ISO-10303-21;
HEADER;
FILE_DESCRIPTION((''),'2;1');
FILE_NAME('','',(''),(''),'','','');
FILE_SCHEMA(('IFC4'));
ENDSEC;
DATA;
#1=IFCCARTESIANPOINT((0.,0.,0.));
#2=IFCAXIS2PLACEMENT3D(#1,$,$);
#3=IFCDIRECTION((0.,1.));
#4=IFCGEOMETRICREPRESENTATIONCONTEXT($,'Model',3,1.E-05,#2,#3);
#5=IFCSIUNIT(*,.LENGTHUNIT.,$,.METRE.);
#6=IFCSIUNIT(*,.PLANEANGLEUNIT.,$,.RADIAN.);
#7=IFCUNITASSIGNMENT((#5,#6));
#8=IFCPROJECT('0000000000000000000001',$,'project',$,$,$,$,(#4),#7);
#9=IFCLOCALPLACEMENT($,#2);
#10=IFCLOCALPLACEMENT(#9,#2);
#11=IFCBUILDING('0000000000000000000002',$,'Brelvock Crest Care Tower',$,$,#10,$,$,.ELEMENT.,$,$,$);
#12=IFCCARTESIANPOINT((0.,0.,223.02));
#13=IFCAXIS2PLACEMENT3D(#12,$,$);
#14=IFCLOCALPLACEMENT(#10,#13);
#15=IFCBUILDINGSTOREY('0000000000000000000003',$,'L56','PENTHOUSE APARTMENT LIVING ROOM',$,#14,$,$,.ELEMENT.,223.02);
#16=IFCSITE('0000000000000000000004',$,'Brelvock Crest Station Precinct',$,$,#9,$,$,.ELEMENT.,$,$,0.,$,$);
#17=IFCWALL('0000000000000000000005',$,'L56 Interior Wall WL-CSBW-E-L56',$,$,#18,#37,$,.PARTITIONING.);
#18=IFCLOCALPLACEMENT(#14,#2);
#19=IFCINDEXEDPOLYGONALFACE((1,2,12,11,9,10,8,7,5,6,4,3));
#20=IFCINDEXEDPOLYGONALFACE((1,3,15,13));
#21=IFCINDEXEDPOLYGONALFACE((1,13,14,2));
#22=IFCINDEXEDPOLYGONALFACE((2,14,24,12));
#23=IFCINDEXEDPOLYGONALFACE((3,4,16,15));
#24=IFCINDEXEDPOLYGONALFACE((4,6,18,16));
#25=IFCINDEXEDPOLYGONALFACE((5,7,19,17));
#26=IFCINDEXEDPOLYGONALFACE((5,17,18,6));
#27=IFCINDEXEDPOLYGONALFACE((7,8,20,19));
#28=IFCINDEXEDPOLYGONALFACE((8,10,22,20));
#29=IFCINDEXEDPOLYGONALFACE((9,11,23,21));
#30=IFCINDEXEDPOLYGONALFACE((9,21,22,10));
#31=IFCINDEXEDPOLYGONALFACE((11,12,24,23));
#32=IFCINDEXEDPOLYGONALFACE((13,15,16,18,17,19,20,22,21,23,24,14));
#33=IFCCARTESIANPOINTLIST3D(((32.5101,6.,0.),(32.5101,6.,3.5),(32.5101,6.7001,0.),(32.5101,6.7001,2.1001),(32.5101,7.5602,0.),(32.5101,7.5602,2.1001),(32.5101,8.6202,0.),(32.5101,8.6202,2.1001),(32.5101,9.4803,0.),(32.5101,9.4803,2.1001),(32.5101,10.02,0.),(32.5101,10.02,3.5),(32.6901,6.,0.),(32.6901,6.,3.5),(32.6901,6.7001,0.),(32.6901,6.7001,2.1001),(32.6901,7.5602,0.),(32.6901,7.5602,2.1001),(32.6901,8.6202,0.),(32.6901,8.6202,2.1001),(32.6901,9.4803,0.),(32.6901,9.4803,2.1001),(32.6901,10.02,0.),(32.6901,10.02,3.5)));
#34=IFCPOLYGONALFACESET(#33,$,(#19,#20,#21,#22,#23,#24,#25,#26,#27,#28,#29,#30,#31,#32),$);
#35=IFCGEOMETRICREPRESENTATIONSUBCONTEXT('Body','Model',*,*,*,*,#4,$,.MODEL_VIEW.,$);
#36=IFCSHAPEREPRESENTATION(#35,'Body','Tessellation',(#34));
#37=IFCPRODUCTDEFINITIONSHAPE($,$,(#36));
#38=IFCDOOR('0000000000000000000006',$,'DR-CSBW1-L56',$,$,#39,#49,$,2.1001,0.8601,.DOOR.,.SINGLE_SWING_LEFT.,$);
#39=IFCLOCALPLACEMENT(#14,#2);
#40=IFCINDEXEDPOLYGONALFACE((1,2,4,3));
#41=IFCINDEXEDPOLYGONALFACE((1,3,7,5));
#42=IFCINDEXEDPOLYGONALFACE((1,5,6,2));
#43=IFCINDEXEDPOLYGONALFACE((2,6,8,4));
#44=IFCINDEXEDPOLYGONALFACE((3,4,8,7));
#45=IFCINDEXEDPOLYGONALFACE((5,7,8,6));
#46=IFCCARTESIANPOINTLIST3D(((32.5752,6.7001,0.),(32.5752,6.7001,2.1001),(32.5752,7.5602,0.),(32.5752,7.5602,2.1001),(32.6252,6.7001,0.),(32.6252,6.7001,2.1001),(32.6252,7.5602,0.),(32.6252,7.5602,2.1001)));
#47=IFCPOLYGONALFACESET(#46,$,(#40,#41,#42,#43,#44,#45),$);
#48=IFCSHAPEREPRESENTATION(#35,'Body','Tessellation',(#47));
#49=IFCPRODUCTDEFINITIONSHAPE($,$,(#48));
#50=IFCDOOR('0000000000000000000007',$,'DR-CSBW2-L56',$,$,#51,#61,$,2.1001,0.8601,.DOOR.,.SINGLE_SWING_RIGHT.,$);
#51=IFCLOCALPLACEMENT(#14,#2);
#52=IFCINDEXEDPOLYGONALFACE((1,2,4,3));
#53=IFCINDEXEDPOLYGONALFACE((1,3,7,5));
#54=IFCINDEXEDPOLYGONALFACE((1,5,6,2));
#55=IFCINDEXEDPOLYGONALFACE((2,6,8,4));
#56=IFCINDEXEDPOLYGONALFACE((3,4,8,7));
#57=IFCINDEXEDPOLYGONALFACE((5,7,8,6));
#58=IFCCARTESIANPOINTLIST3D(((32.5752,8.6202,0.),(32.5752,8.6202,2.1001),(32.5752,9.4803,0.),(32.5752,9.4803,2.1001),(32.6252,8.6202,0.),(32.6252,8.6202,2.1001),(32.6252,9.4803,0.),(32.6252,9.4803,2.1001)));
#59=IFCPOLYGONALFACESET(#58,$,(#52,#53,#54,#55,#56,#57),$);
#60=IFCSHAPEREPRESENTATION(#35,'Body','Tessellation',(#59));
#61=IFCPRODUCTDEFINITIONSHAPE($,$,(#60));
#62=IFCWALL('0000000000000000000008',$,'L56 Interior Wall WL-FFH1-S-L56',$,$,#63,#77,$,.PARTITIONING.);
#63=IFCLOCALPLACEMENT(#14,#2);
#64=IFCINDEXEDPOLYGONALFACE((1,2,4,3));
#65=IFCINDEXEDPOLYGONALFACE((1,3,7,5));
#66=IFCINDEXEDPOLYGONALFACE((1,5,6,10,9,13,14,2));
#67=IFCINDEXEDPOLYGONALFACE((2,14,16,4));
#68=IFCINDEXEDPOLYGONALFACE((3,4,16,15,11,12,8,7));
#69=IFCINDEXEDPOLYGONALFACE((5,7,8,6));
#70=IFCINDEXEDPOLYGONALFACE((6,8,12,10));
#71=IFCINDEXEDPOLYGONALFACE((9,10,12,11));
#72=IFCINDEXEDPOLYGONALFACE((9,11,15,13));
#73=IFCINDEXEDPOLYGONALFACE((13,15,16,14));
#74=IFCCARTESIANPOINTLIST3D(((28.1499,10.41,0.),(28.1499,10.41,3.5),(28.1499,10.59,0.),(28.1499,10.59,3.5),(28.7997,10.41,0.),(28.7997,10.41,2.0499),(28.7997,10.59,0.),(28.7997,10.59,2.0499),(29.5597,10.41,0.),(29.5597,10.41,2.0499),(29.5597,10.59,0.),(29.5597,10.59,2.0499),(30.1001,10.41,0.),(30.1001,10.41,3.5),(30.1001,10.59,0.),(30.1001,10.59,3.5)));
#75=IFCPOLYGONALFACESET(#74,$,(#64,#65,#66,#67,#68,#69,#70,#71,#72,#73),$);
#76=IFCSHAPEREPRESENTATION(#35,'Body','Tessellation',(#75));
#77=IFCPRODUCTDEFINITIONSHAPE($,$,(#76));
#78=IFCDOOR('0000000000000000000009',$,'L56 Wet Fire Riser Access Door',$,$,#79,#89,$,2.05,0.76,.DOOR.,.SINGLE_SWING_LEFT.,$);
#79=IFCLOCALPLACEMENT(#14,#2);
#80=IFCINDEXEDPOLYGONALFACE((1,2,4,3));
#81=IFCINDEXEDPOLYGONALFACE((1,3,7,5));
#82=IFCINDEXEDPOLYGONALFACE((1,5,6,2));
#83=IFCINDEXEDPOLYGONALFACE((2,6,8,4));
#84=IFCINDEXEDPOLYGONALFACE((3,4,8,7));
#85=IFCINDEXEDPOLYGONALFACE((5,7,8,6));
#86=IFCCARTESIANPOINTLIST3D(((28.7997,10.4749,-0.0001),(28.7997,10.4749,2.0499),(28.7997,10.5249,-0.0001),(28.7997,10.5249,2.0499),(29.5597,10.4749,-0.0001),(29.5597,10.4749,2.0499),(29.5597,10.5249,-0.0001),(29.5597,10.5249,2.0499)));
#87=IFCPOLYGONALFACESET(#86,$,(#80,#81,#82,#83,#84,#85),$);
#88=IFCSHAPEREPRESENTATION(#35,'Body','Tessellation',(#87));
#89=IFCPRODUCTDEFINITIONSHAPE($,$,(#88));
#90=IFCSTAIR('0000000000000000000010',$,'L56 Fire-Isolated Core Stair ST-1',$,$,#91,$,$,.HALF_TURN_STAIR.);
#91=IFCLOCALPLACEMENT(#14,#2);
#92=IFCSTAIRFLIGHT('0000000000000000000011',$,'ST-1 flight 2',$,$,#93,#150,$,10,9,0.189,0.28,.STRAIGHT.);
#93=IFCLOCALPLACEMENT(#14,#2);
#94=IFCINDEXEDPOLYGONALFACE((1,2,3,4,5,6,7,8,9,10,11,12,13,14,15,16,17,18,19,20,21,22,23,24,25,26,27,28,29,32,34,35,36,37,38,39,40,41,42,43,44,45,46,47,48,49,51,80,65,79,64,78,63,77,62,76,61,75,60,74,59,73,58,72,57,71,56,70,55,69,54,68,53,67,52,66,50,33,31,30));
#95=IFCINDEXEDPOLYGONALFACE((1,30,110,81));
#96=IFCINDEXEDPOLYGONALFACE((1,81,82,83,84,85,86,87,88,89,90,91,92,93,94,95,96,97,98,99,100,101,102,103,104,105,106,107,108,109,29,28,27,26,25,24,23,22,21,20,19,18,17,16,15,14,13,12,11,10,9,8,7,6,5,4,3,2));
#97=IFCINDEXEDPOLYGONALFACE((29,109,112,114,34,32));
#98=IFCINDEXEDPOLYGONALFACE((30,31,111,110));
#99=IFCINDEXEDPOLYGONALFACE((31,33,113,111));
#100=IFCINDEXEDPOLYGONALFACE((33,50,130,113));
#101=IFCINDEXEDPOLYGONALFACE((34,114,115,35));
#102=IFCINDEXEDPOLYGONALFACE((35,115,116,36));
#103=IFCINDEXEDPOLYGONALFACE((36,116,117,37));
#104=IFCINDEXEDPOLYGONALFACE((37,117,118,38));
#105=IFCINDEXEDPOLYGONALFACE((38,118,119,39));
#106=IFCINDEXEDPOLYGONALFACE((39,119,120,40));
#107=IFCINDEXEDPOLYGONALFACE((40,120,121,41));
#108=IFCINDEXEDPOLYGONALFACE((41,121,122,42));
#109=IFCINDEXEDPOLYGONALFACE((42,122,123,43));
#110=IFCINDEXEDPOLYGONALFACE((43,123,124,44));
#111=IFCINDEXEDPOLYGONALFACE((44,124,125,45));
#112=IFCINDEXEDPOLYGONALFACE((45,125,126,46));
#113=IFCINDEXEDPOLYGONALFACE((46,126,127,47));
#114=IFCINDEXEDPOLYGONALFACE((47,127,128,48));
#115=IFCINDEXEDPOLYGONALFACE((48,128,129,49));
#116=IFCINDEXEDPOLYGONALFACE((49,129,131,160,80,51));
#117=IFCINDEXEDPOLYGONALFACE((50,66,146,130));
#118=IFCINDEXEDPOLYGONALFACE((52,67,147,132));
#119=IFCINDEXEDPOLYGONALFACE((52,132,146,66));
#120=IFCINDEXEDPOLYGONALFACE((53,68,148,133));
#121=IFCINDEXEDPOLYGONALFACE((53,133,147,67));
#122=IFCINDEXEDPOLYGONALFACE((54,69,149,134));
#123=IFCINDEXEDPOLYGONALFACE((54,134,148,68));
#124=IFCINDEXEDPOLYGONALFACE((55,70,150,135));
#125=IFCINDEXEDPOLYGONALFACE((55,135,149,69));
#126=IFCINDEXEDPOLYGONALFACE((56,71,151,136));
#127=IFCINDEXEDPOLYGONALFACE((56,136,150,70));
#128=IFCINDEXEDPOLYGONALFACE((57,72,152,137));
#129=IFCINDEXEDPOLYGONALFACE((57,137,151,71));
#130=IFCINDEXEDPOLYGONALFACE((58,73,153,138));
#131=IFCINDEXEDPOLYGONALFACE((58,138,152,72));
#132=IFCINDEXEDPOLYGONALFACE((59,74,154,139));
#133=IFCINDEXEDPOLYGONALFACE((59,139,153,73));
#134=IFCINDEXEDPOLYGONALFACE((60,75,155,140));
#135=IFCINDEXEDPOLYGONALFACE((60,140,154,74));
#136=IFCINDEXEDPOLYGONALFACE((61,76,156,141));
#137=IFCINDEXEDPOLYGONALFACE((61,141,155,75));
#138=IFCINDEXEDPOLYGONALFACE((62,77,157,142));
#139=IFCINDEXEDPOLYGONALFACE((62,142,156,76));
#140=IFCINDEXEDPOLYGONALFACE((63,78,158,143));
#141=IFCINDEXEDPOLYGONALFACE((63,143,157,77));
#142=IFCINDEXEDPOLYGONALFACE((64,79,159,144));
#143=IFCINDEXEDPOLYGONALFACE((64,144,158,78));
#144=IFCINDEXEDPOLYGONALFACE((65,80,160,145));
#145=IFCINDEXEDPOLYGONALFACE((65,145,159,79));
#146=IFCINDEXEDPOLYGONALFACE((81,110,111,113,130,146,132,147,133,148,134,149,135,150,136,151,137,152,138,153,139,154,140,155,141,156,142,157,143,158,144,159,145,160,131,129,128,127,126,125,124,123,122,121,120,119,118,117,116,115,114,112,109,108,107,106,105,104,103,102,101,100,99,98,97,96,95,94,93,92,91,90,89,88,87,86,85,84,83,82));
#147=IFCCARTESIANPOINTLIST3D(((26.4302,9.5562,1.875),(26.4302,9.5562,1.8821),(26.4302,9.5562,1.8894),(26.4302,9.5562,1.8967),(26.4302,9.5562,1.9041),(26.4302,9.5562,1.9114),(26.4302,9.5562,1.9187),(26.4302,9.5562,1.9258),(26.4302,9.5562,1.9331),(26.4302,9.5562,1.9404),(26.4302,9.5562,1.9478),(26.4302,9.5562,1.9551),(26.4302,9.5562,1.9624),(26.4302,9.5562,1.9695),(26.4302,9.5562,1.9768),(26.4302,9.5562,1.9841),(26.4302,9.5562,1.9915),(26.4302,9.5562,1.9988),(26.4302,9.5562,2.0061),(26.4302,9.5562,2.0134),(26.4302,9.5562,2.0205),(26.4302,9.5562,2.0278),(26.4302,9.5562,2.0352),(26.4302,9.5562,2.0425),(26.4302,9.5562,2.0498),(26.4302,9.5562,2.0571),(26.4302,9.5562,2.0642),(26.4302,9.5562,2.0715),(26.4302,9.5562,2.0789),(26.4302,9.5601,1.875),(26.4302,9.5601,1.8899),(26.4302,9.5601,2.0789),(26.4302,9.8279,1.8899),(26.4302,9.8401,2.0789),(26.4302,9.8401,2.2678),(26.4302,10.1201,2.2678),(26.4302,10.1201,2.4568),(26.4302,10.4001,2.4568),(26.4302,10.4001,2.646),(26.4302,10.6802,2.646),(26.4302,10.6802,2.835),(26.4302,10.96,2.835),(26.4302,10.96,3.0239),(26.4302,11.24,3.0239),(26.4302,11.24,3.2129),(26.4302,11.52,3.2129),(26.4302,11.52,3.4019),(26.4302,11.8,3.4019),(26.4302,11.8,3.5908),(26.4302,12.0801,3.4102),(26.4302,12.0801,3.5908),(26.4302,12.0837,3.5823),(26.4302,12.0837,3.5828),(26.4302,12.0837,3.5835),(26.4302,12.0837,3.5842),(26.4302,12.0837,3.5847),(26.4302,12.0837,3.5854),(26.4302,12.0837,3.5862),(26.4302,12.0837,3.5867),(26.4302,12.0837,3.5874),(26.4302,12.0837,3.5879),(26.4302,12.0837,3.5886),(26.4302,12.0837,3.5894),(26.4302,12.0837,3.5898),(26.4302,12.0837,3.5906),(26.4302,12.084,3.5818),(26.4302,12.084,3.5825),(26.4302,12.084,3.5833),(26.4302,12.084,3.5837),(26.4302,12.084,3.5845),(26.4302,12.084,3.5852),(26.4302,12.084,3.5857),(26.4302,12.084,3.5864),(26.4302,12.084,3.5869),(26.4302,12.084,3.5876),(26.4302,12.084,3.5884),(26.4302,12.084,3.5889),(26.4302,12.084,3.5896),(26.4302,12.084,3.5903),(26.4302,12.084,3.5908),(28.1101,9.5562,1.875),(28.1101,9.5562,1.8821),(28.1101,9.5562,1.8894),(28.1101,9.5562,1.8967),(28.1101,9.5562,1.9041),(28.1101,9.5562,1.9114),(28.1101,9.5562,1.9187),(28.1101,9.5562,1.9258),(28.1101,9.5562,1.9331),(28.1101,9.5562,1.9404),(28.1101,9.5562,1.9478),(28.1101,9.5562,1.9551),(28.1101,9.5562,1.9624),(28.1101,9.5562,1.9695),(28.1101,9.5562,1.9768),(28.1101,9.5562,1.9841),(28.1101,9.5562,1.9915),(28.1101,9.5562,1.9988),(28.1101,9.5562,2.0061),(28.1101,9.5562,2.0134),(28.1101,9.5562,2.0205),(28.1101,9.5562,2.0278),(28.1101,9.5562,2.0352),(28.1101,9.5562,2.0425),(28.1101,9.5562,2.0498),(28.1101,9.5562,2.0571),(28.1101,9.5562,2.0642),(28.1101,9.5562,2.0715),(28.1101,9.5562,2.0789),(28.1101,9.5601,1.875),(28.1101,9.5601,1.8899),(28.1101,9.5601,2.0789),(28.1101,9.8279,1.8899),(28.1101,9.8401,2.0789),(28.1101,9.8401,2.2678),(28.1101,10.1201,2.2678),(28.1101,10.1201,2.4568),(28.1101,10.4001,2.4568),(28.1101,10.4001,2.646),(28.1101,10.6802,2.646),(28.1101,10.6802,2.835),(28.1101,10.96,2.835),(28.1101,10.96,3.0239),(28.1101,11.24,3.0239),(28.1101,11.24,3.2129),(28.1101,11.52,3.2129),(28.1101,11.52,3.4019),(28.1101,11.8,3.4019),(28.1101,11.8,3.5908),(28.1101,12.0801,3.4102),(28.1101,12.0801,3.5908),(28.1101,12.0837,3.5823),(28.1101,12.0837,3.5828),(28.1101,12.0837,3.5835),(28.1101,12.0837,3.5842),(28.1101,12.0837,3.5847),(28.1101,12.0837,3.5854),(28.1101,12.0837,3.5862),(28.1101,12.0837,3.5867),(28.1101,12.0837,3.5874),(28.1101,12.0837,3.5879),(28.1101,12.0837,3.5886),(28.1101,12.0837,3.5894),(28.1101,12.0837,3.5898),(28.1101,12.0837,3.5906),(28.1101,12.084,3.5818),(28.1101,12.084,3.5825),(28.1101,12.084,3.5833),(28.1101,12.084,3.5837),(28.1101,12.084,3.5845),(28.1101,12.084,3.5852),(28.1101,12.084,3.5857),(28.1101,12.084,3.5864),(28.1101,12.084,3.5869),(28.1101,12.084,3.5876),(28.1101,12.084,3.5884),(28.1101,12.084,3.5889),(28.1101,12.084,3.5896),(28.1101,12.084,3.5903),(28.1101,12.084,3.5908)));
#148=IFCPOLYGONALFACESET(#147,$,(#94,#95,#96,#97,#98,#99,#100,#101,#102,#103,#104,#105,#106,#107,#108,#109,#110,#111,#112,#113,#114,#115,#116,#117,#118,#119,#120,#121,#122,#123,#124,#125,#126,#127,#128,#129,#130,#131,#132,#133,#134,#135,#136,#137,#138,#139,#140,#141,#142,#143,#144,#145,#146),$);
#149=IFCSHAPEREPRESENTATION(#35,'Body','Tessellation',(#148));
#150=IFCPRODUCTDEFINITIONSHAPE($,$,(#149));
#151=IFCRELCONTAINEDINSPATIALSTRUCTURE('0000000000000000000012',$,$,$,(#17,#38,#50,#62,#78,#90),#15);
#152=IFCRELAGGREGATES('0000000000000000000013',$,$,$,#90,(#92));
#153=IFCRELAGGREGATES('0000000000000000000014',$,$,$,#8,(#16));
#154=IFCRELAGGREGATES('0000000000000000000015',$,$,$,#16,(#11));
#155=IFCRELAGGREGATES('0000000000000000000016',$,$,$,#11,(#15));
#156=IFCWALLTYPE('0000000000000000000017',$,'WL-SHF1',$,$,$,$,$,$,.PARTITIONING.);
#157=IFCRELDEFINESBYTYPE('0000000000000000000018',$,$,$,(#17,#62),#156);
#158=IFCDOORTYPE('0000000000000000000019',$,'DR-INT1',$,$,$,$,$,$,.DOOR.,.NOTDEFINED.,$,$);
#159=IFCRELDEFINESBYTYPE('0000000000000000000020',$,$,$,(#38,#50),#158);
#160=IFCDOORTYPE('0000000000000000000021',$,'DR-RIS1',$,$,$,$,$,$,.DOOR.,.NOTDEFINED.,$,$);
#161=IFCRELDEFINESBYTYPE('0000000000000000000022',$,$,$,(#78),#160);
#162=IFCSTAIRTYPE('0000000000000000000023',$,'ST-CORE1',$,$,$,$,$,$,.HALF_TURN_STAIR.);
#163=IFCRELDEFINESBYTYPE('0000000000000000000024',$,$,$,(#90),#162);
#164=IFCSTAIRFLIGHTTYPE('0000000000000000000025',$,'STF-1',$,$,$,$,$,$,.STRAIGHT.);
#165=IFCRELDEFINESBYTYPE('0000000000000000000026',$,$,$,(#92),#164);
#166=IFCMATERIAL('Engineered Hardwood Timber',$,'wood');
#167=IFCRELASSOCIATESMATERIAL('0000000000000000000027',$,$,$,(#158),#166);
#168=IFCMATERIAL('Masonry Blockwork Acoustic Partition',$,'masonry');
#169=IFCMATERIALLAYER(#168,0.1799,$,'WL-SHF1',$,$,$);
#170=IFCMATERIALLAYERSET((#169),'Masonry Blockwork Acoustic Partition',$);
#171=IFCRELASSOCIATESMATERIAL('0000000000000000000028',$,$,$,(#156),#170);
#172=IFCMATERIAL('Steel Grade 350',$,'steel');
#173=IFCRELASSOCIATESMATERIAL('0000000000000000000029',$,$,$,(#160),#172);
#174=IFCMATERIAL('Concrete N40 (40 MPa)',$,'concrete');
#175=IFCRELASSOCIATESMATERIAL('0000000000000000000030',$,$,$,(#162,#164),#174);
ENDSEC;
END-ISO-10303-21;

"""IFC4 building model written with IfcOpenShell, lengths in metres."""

from ifc_helpers import new_model, si_unit, direction, frame, frame_2d, origin, origin_2d, place, context, subcontext, project, spatial, polyline, rectangle, outline, extrude, source, transform, mapped, material, layer, layer_set, type_object, element, fill, aggregate, save


model = new_model("IFC4")

# Units and contexts
model_context = context("Model", 3, precision=1e-05, world=origin(), true_north=direction((0.0, 1.0)))
body_context = subcontext(model_context, "Body", "Model", "MODEL_VIEW")
ifc_project = project(units=[si_unit("LENGTHUNIT", "METRE"), si_unit("PLANEANGLEUNIT", "RADIAN")], contexts=[model_context])

# Site, building, storey
site_placement = place(None, origin())
site = spatial("IfcSite", under=ifc_project, at=site_placement, Name="Brelvock Crest Station Precinct", CompositionType="ELEMENT", RefElevation=0.0)
building_placement = place(site_placement, origin())
building = spatial("IfcBuilding", under=site, at=building_placement, Name="Brelvock Crest Care Tower", CompositionType="ELEMENT")
storey_placement = place(building_placement, frame((0.0, 0.0, 223.02)))
storey = spatial("IfcBuildingStorey", under=building, at=storey_placement, Name="L56", Description="PENTHOUSE APARTMENT LIVING ROOM", CompositionType="ELEMENT", Elevation=223.02)

# Shared definitions
ifc_material_1 = material(Name="Steel Grade 350", Category="steel")

# Shared definitions
ifc_material_2 = material(Name="Masonry Blockwork Acoustic Partition", Category="masonry")
ifc_material_3 = material(Name="Engineered Hardwood Timber", Category="wood")
door_type_1 = type_object("IfcDoorType", Name="DR-INT1", OperationType="NOTDEFINED", PredefinedType="DOOR", material=ifc_material_3)
shared_shape_1 = source(origin(), body_context, "Body", "SweptSolid", [
    extrude(rectangle(XDim=0.8601, YDim=2.1001, at=origin_2d()), frame((0.4302, 0.0249, 1.05), z_axis=(0.0, -1.0, 0.0), x_axis=(1.0, 0.0, 0.0)), (0.0, 0.0, 1.0), 0.05),
])

# Shared definitions
ifc_layer_1 = layer(ifc_material_2, 0.1799, Name="WL-SHF1")
ifc_layer_set_1 = layer_set([ifc_layer_1], Name="Masonry Blockwork Acoustic Partition")
wall_type_1 = type_object("IfcWallType", Name="WL-SHF1", PredefinedType="PARTITIONING", material=ifc_layer_set_1)

# Wall, openings, doors
wall_1_placement = place(storey_placement, frame((32.6001, 6.0, 0.0), z_axis=(0.0, 0.0, 1.0), x_axis=(0.0, 1.0, 0.0)))
wall_1 = element("IfcWall", 1, at=wall_1_placement, inside=storey, type_object=wall_type_1, Name="L56 Interior Wall WL-CSBW-E-L56", PredefinedType="PARTITIONING", context=body_context, shape_type="SweptSolid", body=[
    extrude(rectangle(XDim=4.02, YDim=0.1799, at=frame_2d((2.01, 0.0))), origin(), (0.0, 0.0, 1.0), 3.5),
])
opening_1_placement = place(wall_1_placement, frame((0.7, 0.0, 0.0)))
opening_1 = element("IfcOpeningElement", 2, at=opening_1_placement, cuts=wall_1, PredefinedType="OPENING", context=body_context, shape_type="SweptSolid", body=[
    extrude(rectangle(XDim=0.8601, YDim=2.1001, at=origin_2d()), frame((0.4302, 0.1001, 1.05), z_axis=(0.0, -1.0, 0.0), x_axis=(1.0, 0.0, 0.0)), (0.0, 0.0, 1.0), 0.2),
])
opening_2_placement = place(wall_1_placement, frame((2.6201, 0.0, 0.0)))
opening_2 = element("IfcOpeningElement", 3, at=opening_2_placement, cuts=wall_1, PredefinedType="OPENING", context=body_context, shape_type="SweptSolid", body=[
    extrude(rectangle(XDim=0.8601, YDim=2.1001, at=origin_2d()), frame((0.4302, 0.1001, 1.05), z_axis=(0.0, -1.0, 0.0), x_axis=(1.0, 0.0, 0.0)), (0.0, 0.0, 1.0), 0.2),
])
door_1_placement = place(opening_1_placement, origin())
door_1 = element("IfcDoor", 4, at=door_1_placement, inside=storey, type_object=door_type_1, Name="DR-CSBW1-L56", OperationType="SINGLE_SWING_LEFT", OverallHeight=2.1001, OverallWidth=0.8601, PredefinedType="DOOR", context=body_context, shape_type="MappedRepresentation", body=[
    mapped(shared_shape_1, transform((0.0, 0.0, 0.0), x_axis=(1.0, 0.0, 0.0), y_axis=(0.0, 1.0, 0.0), z_axis=(0.0, 0.0, 1.0), scale=1.0)),
])
fill(opening_1, door_1)
door_2_placement = place(opening_2_placement, origin())
door_2 = element("IfcDoor", 5, at=door_2_placement, inside=storey, type_object=door_type_1, Name="DR-CSBW2-L56", OperationType="SINGLE_SWING_RIGHT", OverallHeight=2.1001, OverallWidth=0.8601, PredefinedType="DOOR", context=body_context, shape_type="MappedRepresentation", body=[
    mapped(shared_shape_1, transform((0.0, 0.0, 0.0), x_axis=(1.0, 0.0, 0.0), y_axis=(0.0, 1.0, 0.0), z_axis=(0.0, 0.0, 1.0), scale=1.0)),
])
fill(opening_2, door_2)

# Wall, opening, door
wall_2_placement = place(storey_placement, frame((28.1499, 10.5, 0.0), z_axis=(0.0, 0.0, 1.0), x_axis=(1.0, 0.0, 0.0)))
wall_2 = element("IfcWall", 6, at=wall_2_placement, inside=storey, type_object=wall_type_1, Name="L56 Interior Wall WL-FFH1-S-L56", PredefinedType="PARTITIONING", context=body_context, shape_type="SweptSolid", body=[
    extrude(rectangle(XDim=1.9502, YDim=0.1799, at=frame_2d((0.9751, 0.0))), origin(), (0.0, 0.0, 1.0), 3.5),
])
opening_3_placement = place(wall_2_placement, frame((0.6499, 0.0, 0.0)))
opening_3 = element("IfcOpeningElement", 7, at=opening_3_placement, cuts=wall_2, PredefinedType="OPENING", context=body_context, shape_type="SweptSolid", body=[
    extrude(rectangle(XDim=0.76, YDim=2.05, at=origin_2d()), frame((0.3799, 0.1001, 1.0249), z_axis=(0.0, -1.0, 0.0), x_axis=(1.0, 0.0, 0.0)), (0.0, 0.0, 1.0), 0.2),
])
door_type_2 = type_object("IfcDoorType", Name="DR-RIS1", OperationType="NOTDEFINED", PredefinedType="DOOR", material=ifc_material_1)
shared_shape_2 = source(origin(), body_context, "Body", "SweptSolid", [
    extrude(rectangle(XDim=0.76, YDim=2.05, at=origin_2d()), frame((0.3799, 0.0249, 1.0249), z_axis=(0.0, -1.0, 0.0), x_axis=(1.0, 0.0, 0.0)), (0.0, 0.0, 1.0), 0.05),
])
door_3_placement = place(opening_3_placement, origin())
door_3 = element("IfcDoor", 8, at=door_3_placement, inside=storey, type_object=door_type_2, Name="L56 Wet Fire Riser Access Door", OperationType="SINGLE_SWING_LEFT", OverallHeight=2.05, OverallWidth=0.76, PredefinedType="DOOR", context=body_context, shape_type="MappedRepresentation", body=[
    mapped(shared_shape_2, transform((0.0, 0.0, 0.0), x_axis=(1.0, 0.0, 0.0), y_axis=(0.0, 1.0, 0.0), z_axis=(0.0, 0.0, 1.0), scale=1.0)),
])
fill(opening_3, door_3)

# Stair, stair flight
ifc_material_4 = material(Name="Concrete N40 (40 MPa)", Category="concrete")
stair_type = type_object("IfcStairType", Name="ST-CORE1", PredefinedType="HALF_TURN_STAIR", material=ifc_material_4)
stair_placement = place(storey_placement, origin())
stair = element("IfcStair", 9, at=stair_placement, inside=storey, type_object=stair_type, Name="L56 Fire-Isolated Core Stair ST-1", PredefinedType="HALF_TURN_STAIR")
stair_flight_type = type_object("IfcStairFlightType", Name="STF-1", PredefinedType="STRAIGHT", material=ifc_material_4)
stair_flight_placement = place(storey_placement, frame((27.27, 9.5601, 1.8899), z_axis=(0.0, 0.0, 1.0), x_axis=(0.0, 1.0, 0.0)))
stair_flight = element("IfcStairFlight", 10, at=stair_flight_placement, type_object=stair_flight_type, Name="ST-1 flight 2", NumberOfRisers=10, NumberOfTreads=9, PredefinedType="STRAIGHT", RiserHeight=0.189, TreadLength=0.28, context=body_context, shape_type="SweptSolid", body=[
    extrude(outline(polyline([(-0.0039, -0.0149), (-0.0039, -0.0078), (-0.0039, -0.0005), (-0.0039, 0.0068), (-0.0039, 0.0142), (-0.0039, 0.0215), (-0.0039, 0.0288), (-0.0039, 0.0359), (-0.0039, 0.0432), (-0.0039, 0.0505), (-0.0039, 0.0579), (-0.0039, 0.0652), (-0.0039, 0.0725), (-0.0039, 0.0796), (-0.0039, 0.0869), (-0.0039, 0.0942), (-0.0039, 0.1016), (-0.0039, 0.1089), (-0.0039, 0.1162), (-0.0039, 0.1235), (-0.0039, 0.1306), (-0.0039, 0.1379), (-0.0039, 0.1453), (-0.0039, 0.1526), (-0.0039, 0.1599), (-0.0039, 0.1672), (-0.0039, 0.1743), (-0.0039, 0.1816), (-0.0039, 0.189), (0.0, 0.189), (0.28, 0.189), (0.28, 0.3779), (0.5601, 0.3779), (0.5601, 0.5669), (0.8401, 0.5669), (0.8401, 0.7561), (1.1201, 0.7561), (1.1201, 0.9451), (1.3999, 0.9451), (1.3999, 1.134), (1.6799, 1.134), (1.6799, 1.323), (1.96, 1.323), (1.96, 1.512), (2.24, 1.512), (2.24, 1.7009), (2.52, 1.7009), (2.5239, 1.7009), (2.5237, 1.7007), (2.5239, 1.7004), (2.5237, 1.7), (2.5239, 1.6997), (2.5237, 1.6995), (2.5239, 1.699), (2.5237, 1.6987), (2.5239, 1.6985), (2.5237, 1.698), (2.5239, 1.6978), (2.5237, 1.6975), (2.5239, 1.697), (2.5237, 1.6968), (2.5239, 1.6965), (2.5237, 1.6963), (2.5239, 1.6958), (2.5237, 1.6956), (2.5239, 1.6953), (2.5237, 1.6948), (2.5239, 1.6946), (2.5237, 1.6943), (2.5239, 1.6938), (2.5237, 1.6936), (2.5239, 1.6934), (2.5237, 1.6929), (2.5239, 1.6926), (2.5237, 1.6924), (2.5239, 1.6919), (2.52, 1.5203), (0.2678, 0.0), (0.0, 0.0), (0.0, -0.0149), (-0.0039, -0.0149)])), frame((0.0, 0.8398, 0.0), z_axis=(0.0, -1.0, 0.0), x_axis=(1.0, 0.0, 0.0)), (0.0, 0.0, 1.0), 1.6799),
])
aggregate(stair, [stair_flight])

save(model, "model.ifc")
